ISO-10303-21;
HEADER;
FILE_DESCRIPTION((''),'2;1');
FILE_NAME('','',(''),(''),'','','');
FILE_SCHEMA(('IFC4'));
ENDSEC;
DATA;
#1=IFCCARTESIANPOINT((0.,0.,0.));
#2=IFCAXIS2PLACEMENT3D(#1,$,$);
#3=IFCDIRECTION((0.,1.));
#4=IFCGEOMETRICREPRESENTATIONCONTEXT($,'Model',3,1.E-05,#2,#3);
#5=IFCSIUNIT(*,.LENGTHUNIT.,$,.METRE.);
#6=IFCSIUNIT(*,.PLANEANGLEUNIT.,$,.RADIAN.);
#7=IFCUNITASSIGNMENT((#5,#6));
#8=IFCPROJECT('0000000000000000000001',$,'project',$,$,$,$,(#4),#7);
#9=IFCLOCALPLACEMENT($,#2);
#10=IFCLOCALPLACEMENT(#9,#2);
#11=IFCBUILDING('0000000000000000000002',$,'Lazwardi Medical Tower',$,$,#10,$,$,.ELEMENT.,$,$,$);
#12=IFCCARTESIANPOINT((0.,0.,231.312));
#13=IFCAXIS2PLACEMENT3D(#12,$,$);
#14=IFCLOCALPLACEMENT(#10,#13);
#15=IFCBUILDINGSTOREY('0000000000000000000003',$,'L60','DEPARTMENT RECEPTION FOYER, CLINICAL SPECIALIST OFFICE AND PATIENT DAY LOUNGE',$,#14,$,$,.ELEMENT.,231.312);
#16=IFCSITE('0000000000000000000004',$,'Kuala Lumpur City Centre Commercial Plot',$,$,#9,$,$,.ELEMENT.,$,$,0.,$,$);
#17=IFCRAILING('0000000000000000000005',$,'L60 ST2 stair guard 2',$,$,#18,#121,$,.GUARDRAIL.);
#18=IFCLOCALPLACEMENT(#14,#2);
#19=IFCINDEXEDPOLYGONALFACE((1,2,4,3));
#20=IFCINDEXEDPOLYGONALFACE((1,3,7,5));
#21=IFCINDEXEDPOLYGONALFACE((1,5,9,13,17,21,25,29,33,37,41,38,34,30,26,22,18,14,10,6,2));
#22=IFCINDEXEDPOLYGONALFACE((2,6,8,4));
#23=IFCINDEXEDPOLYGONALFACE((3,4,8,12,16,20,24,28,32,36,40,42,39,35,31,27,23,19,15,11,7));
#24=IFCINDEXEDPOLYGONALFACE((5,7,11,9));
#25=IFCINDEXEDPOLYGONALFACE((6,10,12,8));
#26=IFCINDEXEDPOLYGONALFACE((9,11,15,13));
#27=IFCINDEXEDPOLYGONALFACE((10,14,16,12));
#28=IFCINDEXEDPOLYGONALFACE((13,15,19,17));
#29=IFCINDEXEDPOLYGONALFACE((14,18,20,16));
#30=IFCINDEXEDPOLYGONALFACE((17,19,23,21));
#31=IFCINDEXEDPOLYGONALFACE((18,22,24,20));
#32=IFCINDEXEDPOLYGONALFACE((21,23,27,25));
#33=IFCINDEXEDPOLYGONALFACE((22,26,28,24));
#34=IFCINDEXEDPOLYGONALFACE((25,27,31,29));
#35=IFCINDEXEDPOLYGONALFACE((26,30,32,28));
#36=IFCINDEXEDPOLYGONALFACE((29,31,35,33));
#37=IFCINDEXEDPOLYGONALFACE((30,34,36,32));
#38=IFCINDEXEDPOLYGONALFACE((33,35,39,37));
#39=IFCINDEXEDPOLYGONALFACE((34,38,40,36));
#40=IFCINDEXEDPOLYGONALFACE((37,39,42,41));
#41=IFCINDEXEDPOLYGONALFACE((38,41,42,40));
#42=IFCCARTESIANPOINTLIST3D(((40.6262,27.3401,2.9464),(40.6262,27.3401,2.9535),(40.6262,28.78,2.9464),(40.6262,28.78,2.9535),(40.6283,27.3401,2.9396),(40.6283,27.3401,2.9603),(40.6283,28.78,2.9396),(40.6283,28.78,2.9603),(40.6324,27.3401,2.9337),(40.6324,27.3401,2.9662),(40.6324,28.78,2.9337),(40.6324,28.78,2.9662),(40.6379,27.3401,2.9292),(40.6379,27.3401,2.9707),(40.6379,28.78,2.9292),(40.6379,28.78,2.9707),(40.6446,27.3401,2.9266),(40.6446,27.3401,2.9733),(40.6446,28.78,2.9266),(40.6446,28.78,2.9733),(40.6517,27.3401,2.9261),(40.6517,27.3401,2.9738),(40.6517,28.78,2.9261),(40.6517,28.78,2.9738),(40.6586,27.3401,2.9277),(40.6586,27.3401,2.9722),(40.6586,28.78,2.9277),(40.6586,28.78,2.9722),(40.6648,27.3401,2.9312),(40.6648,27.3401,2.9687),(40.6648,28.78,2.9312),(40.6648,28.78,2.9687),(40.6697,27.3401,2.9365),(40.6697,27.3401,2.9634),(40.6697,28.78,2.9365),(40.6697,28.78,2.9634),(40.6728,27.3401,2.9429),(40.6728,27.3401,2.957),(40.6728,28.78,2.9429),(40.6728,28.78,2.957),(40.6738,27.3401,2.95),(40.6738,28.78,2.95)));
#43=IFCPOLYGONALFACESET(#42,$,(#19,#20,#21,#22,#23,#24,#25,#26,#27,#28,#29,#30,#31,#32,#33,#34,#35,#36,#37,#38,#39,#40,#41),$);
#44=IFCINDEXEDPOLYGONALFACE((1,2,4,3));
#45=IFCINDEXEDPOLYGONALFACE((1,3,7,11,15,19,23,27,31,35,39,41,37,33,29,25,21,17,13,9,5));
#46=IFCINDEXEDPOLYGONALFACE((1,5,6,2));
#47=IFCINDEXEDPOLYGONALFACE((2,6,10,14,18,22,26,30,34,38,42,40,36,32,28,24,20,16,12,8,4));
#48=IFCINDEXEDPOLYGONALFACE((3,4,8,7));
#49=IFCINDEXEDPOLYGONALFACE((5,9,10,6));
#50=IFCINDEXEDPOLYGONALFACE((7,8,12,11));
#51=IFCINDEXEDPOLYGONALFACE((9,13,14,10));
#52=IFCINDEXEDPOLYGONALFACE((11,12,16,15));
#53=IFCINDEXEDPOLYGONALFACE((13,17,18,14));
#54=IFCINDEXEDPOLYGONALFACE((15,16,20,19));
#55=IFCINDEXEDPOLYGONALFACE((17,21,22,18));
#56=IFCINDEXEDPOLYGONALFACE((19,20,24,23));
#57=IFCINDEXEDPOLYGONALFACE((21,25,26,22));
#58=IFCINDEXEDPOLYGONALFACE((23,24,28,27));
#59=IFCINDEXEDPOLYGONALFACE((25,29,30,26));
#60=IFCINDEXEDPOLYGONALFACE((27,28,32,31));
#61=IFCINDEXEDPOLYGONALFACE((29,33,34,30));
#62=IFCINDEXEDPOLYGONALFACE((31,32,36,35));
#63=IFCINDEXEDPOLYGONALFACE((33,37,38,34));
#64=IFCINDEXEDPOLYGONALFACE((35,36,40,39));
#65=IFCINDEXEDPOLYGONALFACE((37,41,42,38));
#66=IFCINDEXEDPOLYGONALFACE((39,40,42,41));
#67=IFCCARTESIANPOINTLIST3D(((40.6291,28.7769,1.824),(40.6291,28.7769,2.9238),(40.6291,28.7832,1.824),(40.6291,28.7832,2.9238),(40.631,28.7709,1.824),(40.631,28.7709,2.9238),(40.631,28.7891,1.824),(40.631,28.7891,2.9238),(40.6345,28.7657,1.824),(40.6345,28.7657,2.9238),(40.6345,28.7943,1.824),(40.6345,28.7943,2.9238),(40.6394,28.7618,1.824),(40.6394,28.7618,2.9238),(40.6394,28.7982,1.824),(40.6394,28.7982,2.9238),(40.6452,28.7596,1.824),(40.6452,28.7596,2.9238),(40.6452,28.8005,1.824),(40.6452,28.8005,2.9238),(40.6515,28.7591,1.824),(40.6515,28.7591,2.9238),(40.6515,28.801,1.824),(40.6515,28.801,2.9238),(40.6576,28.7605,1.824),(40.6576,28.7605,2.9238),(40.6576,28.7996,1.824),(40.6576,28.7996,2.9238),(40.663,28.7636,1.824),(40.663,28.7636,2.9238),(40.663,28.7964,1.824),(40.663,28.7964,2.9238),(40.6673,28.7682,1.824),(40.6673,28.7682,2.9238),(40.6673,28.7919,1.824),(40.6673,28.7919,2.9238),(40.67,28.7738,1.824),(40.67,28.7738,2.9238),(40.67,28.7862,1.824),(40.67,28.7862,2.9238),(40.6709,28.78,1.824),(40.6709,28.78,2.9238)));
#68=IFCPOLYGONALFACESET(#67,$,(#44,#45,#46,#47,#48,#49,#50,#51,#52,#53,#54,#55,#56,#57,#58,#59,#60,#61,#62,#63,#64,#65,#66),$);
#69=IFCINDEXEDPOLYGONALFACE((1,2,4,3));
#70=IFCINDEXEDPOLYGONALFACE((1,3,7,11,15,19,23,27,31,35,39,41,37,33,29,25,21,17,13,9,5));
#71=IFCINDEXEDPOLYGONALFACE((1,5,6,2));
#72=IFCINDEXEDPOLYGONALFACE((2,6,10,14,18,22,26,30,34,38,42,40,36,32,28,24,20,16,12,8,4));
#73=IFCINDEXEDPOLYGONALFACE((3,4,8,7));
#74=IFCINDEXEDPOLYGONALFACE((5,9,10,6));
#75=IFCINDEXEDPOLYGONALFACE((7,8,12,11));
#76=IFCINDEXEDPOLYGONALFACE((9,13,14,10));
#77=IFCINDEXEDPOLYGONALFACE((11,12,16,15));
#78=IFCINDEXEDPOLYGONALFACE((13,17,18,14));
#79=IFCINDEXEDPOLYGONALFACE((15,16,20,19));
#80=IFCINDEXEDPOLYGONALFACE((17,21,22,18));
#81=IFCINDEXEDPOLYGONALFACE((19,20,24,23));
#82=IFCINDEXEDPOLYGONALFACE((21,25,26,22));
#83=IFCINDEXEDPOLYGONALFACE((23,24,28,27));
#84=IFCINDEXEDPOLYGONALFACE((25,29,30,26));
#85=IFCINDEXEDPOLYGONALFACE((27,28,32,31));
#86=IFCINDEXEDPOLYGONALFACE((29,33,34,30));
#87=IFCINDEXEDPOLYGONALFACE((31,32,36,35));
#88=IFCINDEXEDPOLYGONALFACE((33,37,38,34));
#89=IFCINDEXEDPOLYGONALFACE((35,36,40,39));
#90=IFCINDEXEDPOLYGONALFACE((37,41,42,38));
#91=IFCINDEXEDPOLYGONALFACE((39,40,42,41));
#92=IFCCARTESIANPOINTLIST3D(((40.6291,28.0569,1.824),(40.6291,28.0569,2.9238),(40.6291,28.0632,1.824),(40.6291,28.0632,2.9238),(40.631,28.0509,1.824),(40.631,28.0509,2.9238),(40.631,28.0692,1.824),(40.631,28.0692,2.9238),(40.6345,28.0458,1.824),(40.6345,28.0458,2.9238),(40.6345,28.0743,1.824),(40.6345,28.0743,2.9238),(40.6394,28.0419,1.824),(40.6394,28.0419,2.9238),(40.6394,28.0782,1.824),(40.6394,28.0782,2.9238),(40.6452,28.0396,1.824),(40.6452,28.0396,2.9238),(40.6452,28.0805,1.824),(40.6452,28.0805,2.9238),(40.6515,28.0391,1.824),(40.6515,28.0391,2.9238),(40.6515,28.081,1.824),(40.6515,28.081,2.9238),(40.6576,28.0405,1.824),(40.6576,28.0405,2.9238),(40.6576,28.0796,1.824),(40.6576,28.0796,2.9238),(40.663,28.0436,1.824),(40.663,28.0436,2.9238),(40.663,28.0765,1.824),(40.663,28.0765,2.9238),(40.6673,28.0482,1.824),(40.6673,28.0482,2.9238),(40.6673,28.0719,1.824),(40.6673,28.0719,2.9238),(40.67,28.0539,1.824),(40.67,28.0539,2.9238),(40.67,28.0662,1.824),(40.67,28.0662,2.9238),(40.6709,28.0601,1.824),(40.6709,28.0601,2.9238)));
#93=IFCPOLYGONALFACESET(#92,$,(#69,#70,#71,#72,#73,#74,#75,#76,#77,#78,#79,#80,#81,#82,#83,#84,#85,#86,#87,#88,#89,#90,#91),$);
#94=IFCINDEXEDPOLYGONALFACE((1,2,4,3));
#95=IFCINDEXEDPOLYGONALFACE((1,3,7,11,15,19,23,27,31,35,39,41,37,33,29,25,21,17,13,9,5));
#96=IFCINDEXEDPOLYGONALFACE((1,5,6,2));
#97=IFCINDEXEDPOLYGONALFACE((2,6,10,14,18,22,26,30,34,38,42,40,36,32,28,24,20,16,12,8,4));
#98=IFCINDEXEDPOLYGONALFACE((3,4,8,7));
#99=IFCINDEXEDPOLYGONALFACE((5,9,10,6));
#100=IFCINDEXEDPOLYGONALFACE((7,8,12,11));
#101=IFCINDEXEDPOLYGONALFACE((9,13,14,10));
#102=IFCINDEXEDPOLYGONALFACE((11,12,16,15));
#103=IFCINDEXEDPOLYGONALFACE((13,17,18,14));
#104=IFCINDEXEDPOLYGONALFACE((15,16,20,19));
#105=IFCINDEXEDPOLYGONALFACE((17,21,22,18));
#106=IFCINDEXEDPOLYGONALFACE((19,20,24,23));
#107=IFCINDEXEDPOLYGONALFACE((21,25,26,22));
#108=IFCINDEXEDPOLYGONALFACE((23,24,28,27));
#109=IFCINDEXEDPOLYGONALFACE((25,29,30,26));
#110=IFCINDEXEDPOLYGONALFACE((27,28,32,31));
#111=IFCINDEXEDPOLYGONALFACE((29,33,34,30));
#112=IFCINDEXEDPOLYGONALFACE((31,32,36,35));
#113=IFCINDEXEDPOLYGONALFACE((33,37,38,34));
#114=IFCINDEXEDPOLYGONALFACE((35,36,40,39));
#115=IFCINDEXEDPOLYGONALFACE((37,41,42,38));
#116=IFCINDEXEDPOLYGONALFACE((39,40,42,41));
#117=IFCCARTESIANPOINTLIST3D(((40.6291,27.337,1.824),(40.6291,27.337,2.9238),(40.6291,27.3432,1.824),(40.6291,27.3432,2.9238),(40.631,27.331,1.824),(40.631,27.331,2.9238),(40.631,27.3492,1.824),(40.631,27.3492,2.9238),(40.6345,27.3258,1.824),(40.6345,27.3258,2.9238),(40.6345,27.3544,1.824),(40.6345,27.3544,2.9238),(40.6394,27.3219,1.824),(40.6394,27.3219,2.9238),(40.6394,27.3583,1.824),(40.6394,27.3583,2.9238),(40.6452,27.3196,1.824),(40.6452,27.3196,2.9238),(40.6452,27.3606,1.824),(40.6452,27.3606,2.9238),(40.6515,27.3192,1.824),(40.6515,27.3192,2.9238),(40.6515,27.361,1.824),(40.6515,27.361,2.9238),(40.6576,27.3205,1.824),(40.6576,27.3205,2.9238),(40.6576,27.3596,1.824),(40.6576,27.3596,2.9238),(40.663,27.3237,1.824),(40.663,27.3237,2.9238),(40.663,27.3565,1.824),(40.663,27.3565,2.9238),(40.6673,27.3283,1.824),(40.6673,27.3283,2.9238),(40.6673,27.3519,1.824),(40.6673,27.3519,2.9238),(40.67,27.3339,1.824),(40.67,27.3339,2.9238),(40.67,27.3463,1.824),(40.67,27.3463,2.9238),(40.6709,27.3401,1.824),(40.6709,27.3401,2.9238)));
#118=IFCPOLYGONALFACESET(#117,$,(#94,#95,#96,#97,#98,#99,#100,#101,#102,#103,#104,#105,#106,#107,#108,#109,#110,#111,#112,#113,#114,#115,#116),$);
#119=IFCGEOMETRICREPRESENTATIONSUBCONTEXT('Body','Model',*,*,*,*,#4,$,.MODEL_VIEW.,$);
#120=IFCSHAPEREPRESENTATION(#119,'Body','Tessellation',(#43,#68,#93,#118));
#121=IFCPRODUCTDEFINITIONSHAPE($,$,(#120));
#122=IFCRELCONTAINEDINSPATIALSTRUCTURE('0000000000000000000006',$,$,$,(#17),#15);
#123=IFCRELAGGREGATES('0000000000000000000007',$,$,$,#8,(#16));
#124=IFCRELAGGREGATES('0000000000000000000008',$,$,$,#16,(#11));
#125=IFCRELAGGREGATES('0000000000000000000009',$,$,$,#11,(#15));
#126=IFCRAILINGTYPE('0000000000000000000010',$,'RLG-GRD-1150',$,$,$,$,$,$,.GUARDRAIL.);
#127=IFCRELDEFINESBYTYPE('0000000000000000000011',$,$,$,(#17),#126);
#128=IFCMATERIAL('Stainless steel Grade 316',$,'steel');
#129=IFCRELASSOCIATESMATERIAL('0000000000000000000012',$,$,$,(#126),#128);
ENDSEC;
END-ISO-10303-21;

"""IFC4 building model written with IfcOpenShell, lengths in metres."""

from ifc_helpers import new_model, si_unit, direction, frame, origin, origin_2d, place, context, subcontext, project, spatial, circle, extrude, material, type_object, element, save


model = new_model("IFC4")

# Units and contexts
model_context = context("Model", 3, precision=1e-05, world=origin(), true_north=direction((0.0, 1.0)))
body_context = subcontext(model_context, "Body", "Model", "MODEL_VIEW")
ifc_project = project(units=[si_unit("LENGTHUNIT", "METRE"), si_unit("PLANEANGLEUNIT", "RADIAN")], contexts=[model_context])

# Site, building, storey
site_placement = place(None, origin())
site = spatial("IfcSite", under=ifc_project, at=site_placement, Name="Kuala Lumpur City Centre Commercial Plot", CompositionType="ELEMENT", RefElevation=0.0)
building_placement = place(site_placement, origin())
building = spatial("IfcBuilding", under=site, at=building_placement, Name="Lazwardi Medical Tower", CompositionType="ELEMENT")
storey_placement = place(building_placement, frame((0.0, 0.0, 231.312)))
storey = spatial("IfcBuildingStorey", under=building, at=storey_placement, Name="L60", Description="DEPARTMENT RECEPTION FOYER, CLINICAL SPECIALIST OFFICE AND PATIENT DAY LOUNGE", CompositionType="ELEMENT", Elevation=231.312)

# Railing
ifc_material_1 = material(Name="Stainless steel Grade 316", Category="steel")
railing_type_1 = type_object("IfcRailingType", Name="RLG-GRD-1150", PredefinedType="GUARDRAIL", material=ifc_material_1)
railing_1_placement = place(storey_placement, frame((40.6499, 28.78, 1.824)))
element("IfcRailing", 1, at=railing_1_placement, inside=storey, type_object=railing_type_1, Name="L60 ST2 stair guard 2", PredefinedType="GUARDRAIL", context=body_context, shape_type="SweptSolid", body=[
    extrude(circle(Radius=0.0239, at=origin_2d()), frame((0.0, 0.0, 1.126), z_axis=(0.0, -1.0, 0.0), x_axis=(1.0, 0.0, 0.0)), (0.0, 0.0, 1.0), 1.4399),
    extrude(circle(Radius=0.021, at=origin_2d()), origin(), (0.0, 0.0, 1.0), 1.0999),
    extrude(circle(Radius=0.021, at=origin_2d()), frame((0.0, -0.72, 0.0)), (0.0, 0.0, 1.0), 1.0999),
    extrude(circle(Radius=0.021, at=origin_2d()), frame((0.0, -1.4399, 0.0)), (0.0, 0.0, 1.0), 1.0999),
])

save(model, "model.ifc")
